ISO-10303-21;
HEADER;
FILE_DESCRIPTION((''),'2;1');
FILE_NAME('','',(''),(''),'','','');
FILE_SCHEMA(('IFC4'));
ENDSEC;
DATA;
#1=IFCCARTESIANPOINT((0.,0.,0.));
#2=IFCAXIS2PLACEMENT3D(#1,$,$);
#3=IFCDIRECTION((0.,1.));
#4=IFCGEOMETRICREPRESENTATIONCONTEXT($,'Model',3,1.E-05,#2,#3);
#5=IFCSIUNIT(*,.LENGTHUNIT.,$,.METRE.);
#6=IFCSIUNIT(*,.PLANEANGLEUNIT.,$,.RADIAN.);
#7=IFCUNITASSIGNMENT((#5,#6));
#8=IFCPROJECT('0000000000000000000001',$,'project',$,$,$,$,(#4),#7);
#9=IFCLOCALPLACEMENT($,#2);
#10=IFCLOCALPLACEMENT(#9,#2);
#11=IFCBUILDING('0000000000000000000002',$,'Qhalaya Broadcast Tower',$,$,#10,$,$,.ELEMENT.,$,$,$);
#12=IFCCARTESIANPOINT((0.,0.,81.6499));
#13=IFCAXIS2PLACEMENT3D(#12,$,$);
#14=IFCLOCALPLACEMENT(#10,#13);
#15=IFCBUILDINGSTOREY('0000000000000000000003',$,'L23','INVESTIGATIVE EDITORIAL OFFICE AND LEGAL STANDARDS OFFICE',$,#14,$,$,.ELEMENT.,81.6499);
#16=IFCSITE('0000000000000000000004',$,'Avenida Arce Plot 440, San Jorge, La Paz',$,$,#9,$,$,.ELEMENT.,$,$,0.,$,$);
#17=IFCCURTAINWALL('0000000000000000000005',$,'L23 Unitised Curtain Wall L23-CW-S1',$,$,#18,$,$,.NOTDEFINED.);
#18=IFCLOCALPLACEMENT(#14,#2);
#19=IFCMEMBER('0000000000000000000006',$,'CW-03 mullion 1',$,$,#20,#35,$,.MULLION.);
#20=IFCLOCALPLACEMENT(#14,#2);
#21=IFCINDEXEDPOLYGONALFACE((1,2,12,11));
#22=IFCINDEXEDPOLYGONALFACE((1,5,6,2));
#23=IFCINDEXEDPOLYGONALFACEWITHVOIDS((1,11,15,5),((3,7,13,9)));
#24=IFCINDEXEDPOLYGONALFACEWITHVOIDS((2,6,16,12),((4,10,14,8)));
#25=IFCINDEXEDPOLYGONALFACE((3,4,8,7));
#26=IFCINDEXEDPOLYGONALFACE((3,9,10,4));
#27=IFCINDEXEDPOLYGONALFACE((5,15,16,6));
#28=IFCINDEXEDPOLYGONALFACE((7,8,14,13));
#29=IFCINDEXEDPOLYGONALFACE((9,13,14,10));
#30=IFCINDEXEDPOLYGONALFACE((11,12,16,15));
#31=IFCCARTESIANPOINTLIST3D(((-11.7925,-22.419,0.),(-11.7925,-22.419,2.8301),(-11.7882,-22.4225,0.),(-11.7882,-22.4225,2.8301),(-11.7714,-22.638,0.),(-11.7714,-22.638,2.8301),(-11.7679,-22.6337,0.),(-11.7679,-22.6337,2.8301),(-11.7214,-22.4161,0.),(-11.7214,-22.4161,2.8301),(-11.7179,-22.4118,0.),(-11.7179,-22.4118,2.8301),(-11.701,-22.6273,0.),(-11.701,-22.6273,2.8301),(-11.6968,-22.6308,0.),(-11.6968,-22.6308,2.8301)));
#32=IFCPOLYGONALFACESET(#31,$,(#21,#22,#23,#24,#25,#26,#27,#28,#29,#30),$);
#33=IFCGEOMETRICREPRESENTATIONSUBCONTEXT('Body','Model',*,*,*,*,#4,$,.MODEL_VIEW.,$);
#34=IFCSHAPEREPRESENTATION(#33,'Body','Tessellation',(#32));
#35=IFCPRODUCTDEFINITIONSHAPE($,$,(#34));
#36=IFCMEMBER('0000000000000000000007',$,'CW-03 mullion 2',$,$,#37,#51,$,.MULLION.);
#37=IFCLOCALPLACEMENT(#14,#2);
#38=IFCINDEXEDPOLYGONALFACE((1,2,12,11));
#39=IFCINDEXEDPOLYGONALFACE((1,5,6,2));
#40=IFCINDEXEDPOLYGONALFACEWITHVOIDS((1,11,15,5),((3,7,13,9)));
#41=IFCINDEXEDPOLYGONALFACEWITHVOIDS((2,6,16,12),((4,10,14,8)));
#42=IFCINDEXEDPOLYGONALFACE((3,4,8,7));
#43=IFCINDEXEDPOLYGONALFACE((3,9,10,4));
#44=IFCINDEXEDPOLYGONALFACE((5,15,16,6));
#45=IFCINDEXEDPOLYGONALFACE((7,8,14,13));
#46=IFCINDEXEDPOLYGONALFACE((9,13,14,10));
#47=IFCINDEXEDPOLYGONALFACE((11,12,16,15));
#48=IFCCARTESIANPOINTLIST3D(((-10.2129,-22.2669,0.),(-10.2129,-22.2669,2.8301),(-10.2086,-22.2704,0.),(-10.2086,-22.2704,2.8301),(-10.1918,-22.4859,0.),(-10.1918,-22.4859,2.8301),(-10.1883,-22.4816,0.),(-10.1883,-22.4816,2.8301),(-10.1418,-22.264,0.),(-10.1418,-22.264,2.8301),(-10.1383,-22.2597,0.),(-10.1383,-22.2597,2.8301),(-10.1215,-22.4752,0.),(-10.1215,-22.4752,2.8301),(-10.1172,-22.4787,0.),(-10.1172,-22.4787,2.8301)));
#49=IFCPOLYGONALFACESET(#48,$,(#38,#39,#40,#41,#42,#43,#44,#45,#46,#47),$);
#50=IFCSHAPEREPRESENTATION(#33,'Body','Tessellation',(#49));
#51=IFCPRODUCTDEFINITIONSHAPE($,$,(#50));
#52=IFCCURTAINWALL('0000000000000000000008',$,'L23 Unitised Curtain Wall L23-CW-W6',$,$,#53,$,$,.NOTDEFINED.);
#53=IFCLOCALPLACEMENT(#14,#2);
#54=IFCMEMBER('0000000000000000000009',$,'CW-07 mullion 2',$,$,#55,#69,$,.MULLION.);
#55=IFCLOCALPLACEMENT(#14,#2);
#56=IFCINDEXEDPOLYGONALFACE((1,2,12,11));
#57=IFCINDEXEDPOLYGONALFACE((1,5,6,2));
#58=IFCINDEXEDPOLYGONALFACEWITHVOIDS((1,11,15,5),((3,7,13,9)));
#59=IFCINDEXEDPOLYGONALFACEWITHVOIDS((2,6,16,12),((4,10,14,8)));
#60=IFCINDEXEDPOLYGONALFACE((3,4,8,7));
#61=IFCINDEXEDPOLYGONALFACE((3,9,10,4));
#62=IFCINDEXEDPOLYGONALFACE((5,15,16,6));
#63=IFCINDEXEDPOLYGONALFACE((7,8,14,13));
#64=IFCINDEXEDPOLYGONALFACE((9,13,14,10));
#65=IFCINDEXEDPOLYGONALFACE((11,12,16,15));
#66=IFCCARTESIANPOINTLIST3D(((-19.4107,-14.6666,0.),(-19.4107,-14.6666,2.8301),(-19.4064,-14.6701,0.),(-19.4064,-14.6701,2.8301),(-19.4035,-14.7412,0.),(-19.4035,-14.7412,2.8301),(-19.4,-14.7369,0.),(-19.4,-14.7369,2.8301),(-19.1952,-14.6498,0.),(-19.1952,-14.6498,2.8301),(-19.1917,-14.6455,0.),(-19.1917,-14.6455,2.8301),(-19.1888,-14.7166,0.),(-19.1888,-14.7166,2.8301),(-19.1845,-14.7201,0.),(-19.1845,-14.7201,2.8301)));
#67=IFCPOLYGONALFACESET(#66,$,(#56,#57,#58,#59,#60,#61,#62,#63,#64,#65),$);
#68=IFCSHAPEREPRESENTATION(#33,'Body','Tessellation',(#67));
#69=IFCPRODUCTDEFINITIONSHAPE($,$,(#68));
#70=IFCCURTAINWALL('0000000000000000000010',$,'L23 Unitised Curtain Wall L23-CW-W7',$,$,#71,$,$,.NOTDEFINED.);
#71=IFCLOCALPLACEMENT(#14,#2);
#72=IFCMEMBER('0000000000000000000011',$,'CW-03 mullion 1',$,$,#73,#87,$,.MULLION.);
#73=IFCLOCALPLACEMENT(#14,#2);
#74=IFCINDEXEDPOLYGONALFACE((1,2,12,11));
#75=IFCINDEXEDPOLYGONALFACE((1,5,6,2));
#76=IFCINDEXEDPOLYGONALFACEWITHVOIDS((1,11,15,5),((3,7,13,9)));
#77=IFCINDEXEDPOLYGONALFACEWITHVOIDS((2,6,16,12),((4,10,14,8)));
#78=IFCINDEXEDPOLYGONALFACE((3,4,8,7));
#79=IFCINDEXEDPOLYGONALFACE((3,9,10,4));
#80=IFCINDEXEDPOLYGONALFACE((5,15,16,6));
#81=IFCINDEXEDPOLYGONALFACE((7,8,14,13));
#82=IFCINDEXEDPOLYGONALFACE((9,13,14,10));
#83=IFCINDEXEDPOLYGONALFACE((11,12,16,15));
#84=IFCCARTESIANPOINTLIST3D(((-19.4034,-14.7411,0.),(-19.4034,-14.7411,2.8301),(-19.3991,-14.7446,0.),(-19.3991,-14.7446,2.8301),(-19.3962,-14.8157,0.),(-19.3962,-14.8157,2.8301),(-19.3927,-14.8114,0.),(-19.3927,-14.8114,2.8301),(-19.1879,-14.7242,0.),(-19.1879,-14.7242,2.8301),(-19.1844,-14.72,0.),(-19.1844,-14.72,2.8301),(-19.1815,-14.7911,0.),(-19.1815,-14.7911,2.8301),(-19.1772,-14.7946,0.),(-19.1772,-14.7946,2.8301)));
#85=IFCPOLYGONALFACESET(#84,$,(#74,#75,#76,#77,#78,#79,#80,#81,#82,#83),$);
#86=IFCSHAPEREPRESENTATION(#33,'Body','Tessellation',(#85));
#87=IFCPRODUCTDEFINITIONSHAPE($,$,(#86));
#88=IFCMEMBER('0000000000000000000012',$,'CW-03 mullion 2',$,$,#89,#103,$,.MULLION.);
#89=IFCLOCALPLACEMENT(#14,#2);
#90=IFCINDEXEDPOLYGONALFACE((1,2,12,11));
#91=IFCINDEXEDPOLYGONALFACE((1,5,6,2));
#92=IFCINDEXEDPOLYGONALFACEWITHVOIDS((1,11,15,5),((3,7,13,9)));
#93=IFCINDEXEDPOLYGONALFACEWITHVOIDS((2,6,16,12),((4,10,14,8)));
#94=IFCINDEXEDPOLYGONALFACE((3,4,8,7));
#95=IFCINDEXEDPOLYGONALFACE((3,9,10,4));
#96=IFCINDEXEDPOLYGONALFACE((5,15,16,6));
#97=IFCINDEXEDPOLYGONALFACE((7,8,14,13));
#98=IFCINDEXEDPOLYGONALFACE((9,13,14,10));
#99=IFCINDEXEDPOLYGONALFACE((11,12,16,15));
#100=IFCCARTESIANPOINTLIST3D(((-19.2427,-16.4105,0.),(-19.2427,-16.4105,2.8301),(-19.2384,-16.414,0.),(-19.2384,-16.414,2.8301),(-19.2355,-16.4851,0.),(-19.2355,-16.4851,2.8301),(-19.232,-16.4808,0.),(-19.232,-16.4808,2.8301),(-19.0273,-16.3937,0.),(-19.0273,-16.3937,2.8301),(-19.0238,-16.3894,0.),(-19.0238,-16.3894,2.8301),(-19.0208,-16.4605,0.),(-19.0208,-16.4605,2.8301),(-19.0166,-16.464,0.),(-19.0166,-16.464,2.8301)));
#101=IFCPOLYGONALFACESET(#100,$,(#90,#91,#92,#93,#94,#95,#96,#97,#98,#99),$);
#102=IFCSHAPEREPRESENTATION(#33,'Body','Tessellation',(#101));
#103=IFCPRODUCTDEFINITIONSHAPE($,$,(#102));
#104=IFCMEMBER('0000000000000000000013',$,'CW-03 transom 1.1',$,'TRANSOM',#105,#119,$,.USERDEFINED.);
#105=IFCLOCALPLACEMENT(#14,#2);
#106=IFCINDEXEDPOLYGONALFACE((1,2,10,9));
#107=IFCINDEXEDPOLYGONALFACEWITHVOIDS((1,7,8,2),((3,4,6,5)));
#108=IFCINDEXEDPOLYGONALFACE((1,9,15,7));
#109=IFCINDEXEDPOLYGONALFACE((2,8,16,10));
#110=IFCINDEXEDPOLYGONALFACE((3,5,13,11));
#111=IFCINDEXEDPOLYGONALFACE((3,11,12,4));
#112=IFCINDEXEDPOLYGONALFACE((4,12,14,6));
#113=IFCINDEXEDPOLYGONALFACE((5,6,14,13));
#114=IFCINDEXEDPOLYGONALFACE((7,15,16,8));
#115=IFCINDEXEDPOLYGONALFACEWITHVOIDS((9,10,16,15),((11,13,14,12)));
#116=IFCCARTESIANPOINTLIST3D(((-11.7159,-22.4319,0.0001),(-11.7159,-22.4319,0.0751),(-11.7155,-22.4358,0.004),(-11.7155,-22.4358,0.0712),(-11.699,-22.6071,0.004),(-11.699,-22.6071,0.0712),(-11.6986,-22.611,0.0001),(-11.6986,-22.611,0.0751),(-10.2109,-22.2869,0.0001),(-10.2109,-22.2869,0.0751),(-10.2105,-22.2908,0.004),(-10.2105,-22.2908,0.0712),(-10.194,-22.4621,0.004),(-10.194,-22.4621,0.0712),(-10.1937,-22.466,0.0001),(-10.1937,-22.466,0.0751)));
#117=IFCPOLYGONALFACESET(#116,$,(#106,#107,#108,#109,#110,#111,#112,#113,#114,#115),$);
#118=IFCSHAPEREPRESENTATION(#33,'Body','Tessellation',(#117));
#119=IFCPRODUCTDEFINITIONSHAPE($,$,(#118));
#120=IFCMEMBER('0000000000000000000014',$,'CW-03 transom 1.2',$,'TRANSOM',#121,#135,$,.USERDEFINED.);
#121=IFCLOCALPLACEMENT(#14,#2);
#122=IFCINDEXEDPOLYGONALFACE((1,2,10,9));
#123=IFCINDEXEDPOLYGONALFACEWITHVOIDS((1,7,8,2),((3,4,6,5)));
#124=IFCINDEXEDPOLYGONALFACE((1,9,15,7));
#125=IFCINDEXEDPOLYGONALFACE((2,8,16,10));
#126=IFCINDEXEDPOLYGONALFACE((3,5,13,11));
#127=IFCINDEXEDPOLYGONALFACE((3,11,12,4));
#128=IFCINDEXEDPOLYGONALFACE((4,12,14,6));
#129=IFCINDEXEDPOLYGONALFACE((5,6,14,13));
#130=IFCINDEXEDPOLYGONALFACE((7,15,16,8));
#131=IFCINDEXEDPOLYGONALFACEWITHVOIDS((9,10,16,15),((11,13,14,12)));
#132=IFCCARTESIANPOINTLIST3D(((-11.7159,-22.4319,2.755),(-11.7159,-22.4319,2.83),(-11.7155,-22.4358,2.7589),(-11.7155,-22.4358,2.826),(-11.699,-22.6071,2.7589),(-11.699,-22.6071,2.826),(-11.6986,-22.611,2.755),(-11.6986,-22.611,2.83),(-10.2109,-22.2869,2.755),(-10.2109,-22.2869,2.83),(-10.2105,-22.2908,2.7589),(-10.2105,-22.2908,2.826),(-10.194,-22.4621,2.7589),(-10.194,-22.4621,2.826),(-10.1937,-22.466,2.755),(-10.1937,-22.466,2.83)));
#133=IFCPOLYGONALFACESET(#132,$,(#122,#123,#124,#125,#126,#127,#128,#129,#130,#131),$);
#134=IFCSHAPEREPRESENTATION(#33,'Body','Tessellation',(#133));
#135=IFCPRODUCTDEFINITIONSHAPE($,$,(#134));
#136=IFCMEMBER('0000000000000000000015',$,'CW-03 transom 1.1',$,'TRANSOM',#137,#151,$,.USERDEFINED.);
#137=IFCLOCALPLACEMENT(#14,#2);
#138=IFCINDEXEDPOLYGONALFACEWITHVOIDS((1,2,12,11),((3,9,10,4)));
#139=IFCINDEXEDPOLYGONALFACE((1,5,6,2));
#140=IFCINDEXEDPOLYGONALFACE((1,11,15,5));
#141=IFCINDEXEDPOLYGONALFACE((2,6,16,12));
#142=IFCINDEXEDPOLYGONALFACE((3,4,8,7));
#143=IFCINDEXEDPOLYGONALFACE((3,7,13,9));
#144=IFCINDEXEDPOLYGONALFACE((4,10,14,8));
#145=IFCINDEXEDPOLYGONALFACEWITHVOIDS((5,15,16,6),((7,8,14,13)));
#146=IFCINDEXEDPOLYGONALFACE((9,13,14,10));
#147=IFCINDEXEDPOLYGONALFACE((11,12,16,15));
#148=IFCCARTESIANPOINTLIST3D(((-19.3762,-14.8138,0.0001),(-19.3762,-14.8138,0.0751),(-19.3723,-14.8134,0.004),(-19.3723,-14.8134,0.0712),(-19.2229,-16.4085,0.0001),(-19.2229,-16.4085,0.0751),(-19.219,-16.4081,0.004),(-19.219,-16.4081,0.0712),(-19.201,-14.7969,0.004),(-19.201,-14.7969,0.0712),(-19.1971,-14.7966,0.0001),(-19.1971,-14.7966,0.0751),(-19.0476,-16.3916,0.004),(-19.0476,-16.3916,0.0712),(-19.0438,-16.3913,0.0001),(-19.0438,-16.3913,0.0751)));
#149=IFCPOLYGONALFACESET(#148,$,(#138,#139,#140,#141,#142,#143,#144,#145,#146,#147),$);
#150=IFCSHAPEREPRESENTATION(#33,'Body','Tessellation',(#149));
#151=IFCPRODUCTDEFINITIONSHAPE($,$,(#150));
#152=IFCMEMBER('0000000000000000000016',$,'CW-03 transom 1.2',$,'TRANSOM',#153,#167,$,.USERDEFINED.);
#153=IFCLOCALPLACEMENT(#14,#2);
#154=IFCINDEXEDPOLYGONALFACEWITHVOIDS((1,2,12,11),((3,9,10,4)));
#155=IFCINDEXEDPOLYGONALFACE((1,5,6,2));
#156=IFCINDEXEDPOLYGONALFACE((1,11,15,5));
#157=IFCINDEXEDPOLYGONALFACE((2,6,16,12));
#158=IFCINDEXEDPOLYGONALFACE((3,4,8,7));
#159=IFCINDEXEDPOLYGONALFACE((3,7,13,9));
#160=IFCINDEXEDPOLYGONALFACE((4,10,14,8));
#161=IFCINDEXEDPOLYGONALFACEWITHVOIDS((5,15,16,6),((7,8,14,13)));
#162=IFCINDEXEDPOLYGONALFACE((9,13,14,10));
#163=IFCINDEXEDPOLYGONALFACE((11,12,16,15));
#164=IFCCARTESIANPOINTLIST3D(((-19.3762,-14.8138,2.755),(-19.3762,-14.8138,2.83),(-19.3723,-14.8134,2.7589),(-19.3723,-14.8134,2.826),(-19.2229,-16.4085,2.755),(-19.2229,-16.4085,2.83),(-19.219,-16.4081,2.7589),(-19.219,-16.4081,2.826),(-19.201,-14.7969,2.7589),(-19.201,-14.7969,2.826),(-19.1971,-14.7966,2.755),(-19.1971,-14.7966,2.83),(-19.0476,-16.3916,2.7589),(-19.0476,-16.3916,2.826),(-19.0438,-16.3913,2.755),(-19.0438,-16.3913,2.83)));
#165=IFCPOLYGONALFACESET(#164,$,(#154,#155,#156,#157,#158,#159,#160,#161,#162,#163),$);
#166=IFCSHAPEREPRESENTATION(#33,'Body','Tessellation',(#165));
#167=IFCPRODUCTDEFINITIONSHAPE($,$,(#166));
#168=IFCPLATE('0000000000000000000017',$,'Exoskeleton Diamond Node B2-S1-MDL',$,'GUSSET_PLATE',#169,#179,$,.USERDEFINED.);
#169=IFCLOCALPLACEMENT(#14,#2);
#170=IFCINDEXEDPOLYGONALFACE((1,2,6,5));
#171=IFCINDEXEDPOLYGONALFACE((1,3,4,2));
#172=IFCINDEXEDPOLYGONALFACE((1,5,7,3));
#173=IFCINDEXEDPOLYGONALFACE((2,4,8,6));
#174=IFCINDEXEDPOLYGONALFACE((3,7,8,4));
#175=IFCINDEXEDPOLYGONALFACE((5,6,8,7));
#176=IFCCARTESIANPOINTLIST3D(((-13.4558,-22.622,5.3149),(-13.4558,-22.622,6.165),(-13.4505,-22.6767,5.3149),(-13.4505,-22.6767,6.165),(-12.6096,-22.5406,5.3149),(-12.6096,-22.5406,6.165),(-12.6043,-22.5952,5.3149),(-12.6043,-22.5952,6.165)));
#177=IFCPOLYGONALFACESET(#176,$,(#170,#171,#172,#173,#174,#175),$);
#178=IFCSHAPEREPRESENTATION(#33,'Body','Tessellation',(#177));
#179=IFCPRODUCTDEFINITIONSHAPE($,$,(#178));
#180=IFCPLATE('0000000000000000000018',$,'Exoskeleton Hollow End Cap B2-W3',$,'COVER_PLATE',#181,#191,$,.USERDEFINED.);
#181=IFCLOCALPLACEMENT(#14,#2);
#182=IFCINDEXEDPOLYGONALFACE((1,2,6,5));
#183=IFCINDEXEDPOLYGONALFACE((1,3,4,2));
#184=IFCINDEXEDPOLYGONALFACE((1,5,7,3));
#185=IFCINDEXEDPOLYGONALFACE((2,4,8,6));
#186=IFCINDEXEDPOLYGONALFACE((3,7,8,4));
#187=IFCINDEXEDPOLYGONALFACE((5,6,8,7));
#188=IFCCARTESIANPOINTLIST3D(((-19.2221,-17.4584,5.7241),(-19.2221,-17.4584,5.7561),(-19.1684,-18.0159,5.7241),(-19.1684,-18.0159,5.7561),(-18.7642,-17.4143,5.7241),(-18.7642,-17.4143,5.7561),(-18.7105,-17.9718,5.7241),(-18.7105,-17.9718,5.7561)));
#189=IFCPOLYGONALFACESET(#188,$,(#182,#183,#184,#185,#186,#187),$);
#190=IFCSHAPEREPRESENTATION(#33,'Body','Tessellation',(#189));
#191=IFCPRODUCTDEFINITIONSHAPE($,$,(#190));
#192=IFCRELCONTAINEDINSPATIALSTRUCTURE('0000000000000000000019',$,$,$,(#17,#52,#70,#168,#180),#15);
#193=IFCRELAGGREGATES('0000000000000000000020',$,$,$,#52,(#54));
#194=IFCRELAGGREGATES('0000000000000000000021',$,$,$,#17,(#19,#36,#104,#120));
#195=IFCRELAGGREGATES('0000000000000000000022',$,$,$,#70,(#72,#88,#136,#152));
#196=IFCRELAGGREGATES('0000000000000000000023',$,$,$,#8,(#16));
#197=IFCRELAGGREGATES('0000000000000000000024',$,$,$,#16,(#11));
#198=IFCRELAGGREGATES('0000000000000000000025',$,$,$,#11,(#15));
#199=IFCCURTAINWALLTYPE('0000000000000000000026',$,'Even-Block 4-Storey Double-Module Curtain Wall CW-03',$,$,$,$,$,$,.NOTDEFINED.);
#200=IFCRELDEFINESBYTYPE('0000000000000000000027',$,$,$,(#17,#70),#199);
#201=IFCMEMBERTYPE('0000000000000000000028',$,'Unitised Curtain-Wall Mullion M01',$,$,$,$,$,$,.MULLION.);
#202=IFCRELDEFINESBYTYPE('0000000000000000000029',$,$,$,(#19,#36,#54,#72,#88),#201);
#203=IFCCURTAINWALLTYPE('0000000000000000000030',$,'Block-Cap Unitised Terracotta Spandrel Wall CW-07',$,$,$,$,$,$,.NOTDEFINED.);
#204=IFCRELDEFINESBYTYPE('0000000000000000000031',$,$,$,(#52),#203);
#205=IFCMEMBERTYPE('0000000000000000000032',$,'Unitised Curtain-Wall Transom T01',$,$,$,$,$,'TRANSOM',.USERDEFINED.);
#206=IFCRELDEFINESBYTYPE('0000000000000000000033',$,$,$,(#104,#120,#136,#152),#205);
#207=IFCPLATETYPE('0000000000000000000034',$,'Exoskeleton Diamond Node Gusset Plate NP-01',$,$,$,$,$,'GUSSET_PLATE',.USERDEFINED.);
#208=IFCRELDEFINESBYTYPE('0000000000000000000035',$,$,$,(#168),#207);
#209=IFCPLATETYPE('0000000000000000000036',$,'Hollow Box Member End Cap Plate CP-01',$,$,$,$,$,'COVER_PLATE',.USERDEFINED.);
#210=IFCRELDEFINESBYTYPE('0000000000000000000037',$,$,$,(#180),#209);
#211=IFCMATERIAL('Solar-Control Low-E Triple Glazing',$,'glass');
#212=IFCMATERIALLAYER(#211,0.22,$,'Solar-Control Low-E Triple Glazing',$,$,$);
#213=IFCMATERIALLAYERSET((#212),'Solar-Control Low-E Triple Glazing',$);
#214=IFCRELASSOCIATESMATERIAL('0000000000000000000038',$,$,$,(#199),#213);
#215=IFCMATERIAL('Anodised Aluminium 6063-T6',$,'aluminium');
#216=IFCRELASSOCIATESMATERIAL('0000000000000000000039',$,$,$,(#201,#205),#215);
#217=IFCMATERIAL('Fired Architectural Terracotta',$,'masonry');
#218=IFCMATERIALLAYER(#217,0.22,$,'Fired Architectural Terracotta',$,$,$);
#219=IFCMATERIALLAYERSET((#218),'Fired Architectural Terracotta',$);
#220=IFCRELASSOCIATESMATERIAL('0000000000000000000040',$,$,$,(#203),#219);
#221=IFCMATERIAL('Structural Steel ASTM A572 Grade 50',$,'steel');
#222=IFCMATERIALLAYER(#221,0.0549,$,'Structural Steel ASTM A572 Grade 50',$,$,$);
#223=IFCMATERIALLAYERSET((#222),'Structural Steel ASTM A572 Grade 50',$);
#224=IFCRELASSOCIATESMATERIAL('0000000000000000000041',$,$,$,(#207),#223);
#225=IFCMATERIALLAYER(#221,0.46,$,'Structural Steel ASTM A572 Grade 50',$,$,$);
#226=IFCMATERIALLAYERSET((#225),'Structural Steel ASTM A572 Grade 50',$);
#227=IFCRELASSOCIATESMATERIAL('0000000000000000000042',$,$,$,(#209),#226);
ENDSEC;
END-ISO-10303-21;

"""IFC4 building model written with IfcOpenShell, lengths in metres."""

from ifc_helpers import new_model, si_unit, direction, frame, origin, origin_2d, place, context, subcontext, project, spatial, rectangle, hollow_rectangle, extrude, material, layer, layer_set, material_profile, profile_set, type_object, element, aggregate, save


model = new_model("IFC4")

# Units and contexts
model_context = context("Model", 3, precision=1e-05, world=origin(), true_north=direction((0.0, 1.0)))
body_context = subcontext(model_context, "Body", "Model", "MODEL_VIEW")
ifc_project = project(units=[si_unit("LENGTHUNIT", "METRE"), si_unit("PLANEANGLEUNIT", "RADIAN")], contexts=[model_context])

# Site, building, storey
site_placement = place(None, origin())
site = spatial("IfcSite", under=ifc_project, at=site_placement, Name="Avenida Arce Plot 440, San Jorge, La Paz", CompositionType="ELEMENT", RefElevation=0.0)
building_placement = place(site_placement, origin())
building = spatial("IfcBuilding", under=site, at=building_placement, Name="Qhalaya Broadcast Tower", CompositionType="ELEMENT")
storey_placement = place(building_placement, frame((0.0, 0.0, 81.6499)))
storey = spatial("IfcBuildingStorey", under=building, at=storey_placement, Name="L23", Description="INVESTIGATIVE EDITORIAL OFFICE AND LEGAL STANDARDS OFFICE", CompositionType="ELEMENT", Elevation=81.6499)

# Shared definitions
ifc_material_1 = material(Name="Structural Steel ASTM A572 Grade 50", Category="steel")

# Curtain wall, members
ifc_material_2 = material(Name="Solar-Control Low-E Triple Glazing", Category="glass")
ifc_layer_1 = layer(ifc_material_2, 0.22, Name="Solar-Control Low-E Triple Glazing")
ifc_layer_set_1 = layer_set([ifc_layer_1], Name="Solar-Control Low-E Triple Glazing")
curtain_wall_type_1 = type_object("IfcCurtainWallType", Name="Even-Block 4-Storey Double-Module Curtain Wall CW-03", PredefinedType="NOTDEFINED", material=ifc_layer_set_1)
curtain_wall_1_placement = place(storey_placement, origin())
curtain_wall_1 = element("IfcCurtainWall", 1, at=curtain_wall_1_placement, inside=storey, type_object=curtain_wall_type_1, Name="L23 Unitised Curtain Wall L23-CW-S1", PredefinedType="NOTDEFINED")
ifc_material_3 = material(Name="Anodised Aluminium 6063-T6", Category="aluminium")
ifc_material_profile_1 = material_profile(ifc_material_3, hollow_rectangle(XDim=0.075, YDim=0.22, WallThickness=0.0039, at=origin_2d()), Name="ALU-MUL 75x220x4")
ifc_profile_set_1 = profile_set([ifc_material_profile_1], Name="Anodised Aluminium 6063-T6")
member_type_1 = type_object("IfcMemberType", Name="Unitised Curtain-Wall Mullion M01", PredefinedType="MULLION", material=ifc_profile_set_1)
member_1_placement = place(storey_placement, frame((-11.7446, -22.5249, 0.0), z_axis=(0.0, 0.0, 1.0), x_axis=(0.995396, 0.095851, 0.0)))
member_1 = element("IfcMember", 2, at=member_1_placement, type_object=member_type_1, Name="CW-03 mullion 1", PredefinedType="MULLION", context=body_context, shape_type="SweptSolid", body=[
    extrude(hollow_rectangle(XDim=0.075, YDim=0.22, WallThickness=0.0039, at=origin_2d()), origin(), (0.0, 0.0, 1.0), 2.8301),
])
member_2_placement = place(storey_placement, frame((-10.165, -22.3728, 0.0), z_axis=(0.0, 0.0, 1.0), x_axis=(0.995396, 0.095851, 0.0)))
member_2 = element("IfcMember", 3, at=member_2_placement, type_object=member_type_1, Name="CW-03 mullion 2", PredefinedType="MULLION", context=body_context, shape_type="SweptSolid", body=[
    extrude(hollow_rectangle(XDim=0.075, YDim=0.22, WallThickness=0.0039, at=origin_2d()), origin(), (0.0, 0.0, 1.0), 2.8301),
])

# Curtain wall, member
ifc_material_4 = material(Name="Fired Architectural Terracotta", Category="masonry")
ifc_layer_2 = layer(ifc_material_4, 0.22, Name="Fired Architectural Terracotta")
ifc_layer_set_2 = layer_set([ifc_layer_2], Name="Fired Architectural Terracotta")
curtain_wall_type_2 = type_object("IfcCurtainWallType", Name="Block-Cap Unitised Terracotta Spandrel Wall CW-07", PredefinedType="NOTDEFINED", material=ifc_layer_set_2)
curtain_wall_2_placement = place(storey_placement, origin())
curtain_wall_2 = element("IfcCurtainWall", 4, at=curtain_wall_2_placement, inside=storey, type_object=curtain_wall_type_2, Name="L23 Unitised Curtain Wall L23-CW-W6", PredefinedType="NOTDEFINED")
member_3_placement = place(storey_placement, frame((-19.2976, -14.6934, 0.0), z_axis=(0.0, 0.0, 1.0), x_axis=(0.095858, -0.995395, 0.0)))
member_3 = element("IfcMember", 5, at=member_3_placement, type_object=member_type_1, Name="CW-07 mullion 2", PredefinedType="MULLION", context=body_context, shape_type="SweptSolid", body=[
    extrude(hollow_rectangle(XDim=0.075, YDim=0.22, WallThickness=0.0039, at=origin_2d()), origin(), (0.0, 0.0, 1.0), 2.8301),
])
aggregate(curtain_wall_2, [member_3])

# Curtain wall, members
curtain_wall_3_placement = place(storey_placement, origin())
curtain_wall_3 = element("IfcCurtainWall", 6, at=curtain_wall_3_placement, inside=storey, type_object=curtain_wall_type_1, Name="L23 Unitised Curtain Wall L23-CW-W7", PredefinedType="NOTDEFINED")
member_4_placement = place(storey_placement, frame((-19.2903, -14.7678, 0.0), z_axis=(0.0, 0.0, 1.0), x_axis=(0.09583, -0.995398, 0.0)))
member_4 = element("IfcMember", 7, at=member_4_placement, type_object=member_type_1, Name="CW-03 mullion 1", PredefinedType="MULLION", context=body_context, shape_type="SweptSolid", body=[
    extrude(hollow_rectangle(XDim=0.075, YDim=0.22, WallThickness=0.0039, at=origin_2d()), origin(), (0.0, 0.0, 1.0), 2.8301),
])
member_5_placement = place(storey_placement, frame((-19.1296, -16.4373, 0.0), z_axis=(0.0, 0.0, 1.0), x_axis=(0.09583, -0.995398, 0.0)))
member_5 = element("IfcMember", 8, at=member_5_placement, type_object=member_type_1, Name="CW-03 mullion 2", PredefinedType="MULLION", context=body_context, shape_type="SweptSolid", body=[
    extrude(hollow_rectangle(XDim=0.075, YDim=0.22, WallThickness=0.0039, at=origin_2d()), origin(), (0.0, 0.0, 1.0), 2.8301),
])

# Members
ifc_material_profile_2 = material_profile(ifc_material_3, hollow_rectangle(XDim=0.075, YDim=0.1799, WallThickness=0.0039, at=origin_2d()), Name="ALU-TRN 75x180x4")
ifc_profile_set_2 = profile_set([ifc_material_profile_2], Name="Anodised Aluminium 6063-T6")
member_type_2 = type_object("IfcMemberType", Name="Unitised Curtain-Wall Transom T01", ElementType="TRANSOM", PredefinedType="USERDEFINED", material=ifc_profile_set_2)
member_6_placement = place(storey_placement, frame((-11.7073, -22.5215, 0.0376), z_axis=(0.995389, 0.095922, 0.0), x_axis=(0.0, 0.0, 1.0)))
member_6 = element("IfcMember", 9, at=member_6_placement, type_object=member_type_2, Name="CW-03 transom 1.1", ObjectType="TRANSOM", PredefinedType="USERDEFINED", context=body_context, shape_type="SweptSolid", body=[
    extrude(hollow_rectangle(XDim=0.075, YDim=0.1799, WallThickness=0.0039, at=origin_2d()), origin(), (0.0, 0.0, 1.0), 1.512),
])
member_7_placement = place(storey_placement, frame((-11.7073, -22.5215, 2.7925), z_axis=(0.995389, 0.095922, 0.0), x_axis=(0.0, 0.0, 1.0)))
member_7 = element("IfcMember", 10, at=member_7_placement, type_object=member_type_2, Name="CW-03 transom 1.2", ObjectType="TRANSOM", PredefinedType="USERDEFINED", context=body_context, shape_type="SweptSolid", body=[
    extrude(hollow_rectangle(XDim=0.075, YDim=0.1799, WallThickness=0.0039, at=origin_2d()), origin(), (0.0, 0.0, 1.0), 1.512),
])
member_8_placement = place(storey_placement, frame((-19.2866, -14.8052, 0.0376), z_axis=(0.095701, -0.99541, 0.0), x_axis=(0.0, 0.0, 1.0)))
member_8 = element("IfcMember", 11, at=member_8_placement, type_object=member_type_2, Name="CW-03 transom 1.1", ObjectType="TRANSOM", PredefinedType="USERDEFINED", context=body_context, shape_type="SweptSolid", body=[
    extrude(hollow_rectangle(XDim=0.075, YDim=0.1799, WallThickness=0.0039, at=origin_2d()), origin(), (0.0, 0.0, 1.0), 1.6021),
])
member_9_placement = place(storey_placement, frame((-19.2866, -14.8052, 2.7925), z_axis=(0.095701, -0.99541, 0.0), x_axis=(0.0, 0.0, 1.0)))
member_9 = element("IfcMember", 12, at=member_9_placement, type_object=member_type_2, Name="CW-03 transom 1.2", ObjectType="TRANSOM", PredefinedType="USERDEFINED", context=body_context, shape_type="SweptSolid", body=[
    extrude(hollow_rectangle(XDim=0.075, YDim=0.1799, WallThickness=0.0039, at=origin_2d()), origin(), (0.0, 0.0, 1.0), 1.6021),
])

# Plates
ifc_layer_3 = layer(ifc_material_1, 0.0549, Name="Structural Steel ASTM A572 Grade 50")
ifc_layer_set_3 = layer_set([ifc_layer_3], Name="Structural Steel ASTM A572 Grade 50")
plate_type_1 = type_object("IfcPlateType", Name="Exoskeleton Diamond Node Gusset Plate NP-01", ElementType="GUSSET_PLATE", PredefinedType="USERDEFINED", material=ifc_layer_set_3)
plate_1_placement = place(storey_placement, frame((-13.03, -22.6086, 5.3149), z_axis=(0.0, 0.0, 1.0), x_axis=(0.995396, 0.095846, 0.0)))
element("IfcPlate", 13, at=plate_1_placement, inside=storey, type_object=plate_type_1, Name="Exoskeleton Diamond Node B2-S1-MDL", ObjectType="GUSSET_PLATE", PredefinedType="USERDEFINED", context=body_context, shape_type="SweptSolid", body=[
    extrude(rectangle(XDim=0.8501, YDim=0.0549, at=origin_2d()), origin(), (0.0, 0.0, 1.0), 0.8501),
])
ifc_layer_4 = layer(ifc_material_1, 0.46, Name="Structural Steel ASTM A572 Grade 50")
ifc_layer_set_4 = layer_set([ifc_layer_4], Name="Structural Steel ASTM A572 Grade 50")
plate_type_2 = type_object("IfcPlateType", Name="Hollow Box Member End Cap Plate CP-01", ElementType="COVER_PLATE", PredefinedType="USERDEFINED", material=ifc_layer_set_4)
plate_2_placement = place(storey_placement, frame((-18.9663, -17.7151, 5.7241), z_axis=(0.0, 0.0, 1.0), x_axis=(-0.095846, 0.995396, 0.0)))
element("IfcPlate", 14, at=plate_2_placement, inside=storey, type_object=plate_type_2, Name="Exoskeleton Hollow End Cap B2-W3", ObjectType="COVER_PLATE", PredefinedType="USERDEFINED", context=body_context, shape_type="SweptSolid", body=[
    extrude(rectangle(XDim=0.5601, YDim=0.46, at=origin_2d()), origin(), (0.0, 0.0, 1.0), 0.032),
])

aggregate(curtain_wall_1, [member_1, member_2, member_6, member_7])
aggregate(curtain_wall_3, [member_4, member_5, member_8, member_9])

save(model, "model.ifc")
